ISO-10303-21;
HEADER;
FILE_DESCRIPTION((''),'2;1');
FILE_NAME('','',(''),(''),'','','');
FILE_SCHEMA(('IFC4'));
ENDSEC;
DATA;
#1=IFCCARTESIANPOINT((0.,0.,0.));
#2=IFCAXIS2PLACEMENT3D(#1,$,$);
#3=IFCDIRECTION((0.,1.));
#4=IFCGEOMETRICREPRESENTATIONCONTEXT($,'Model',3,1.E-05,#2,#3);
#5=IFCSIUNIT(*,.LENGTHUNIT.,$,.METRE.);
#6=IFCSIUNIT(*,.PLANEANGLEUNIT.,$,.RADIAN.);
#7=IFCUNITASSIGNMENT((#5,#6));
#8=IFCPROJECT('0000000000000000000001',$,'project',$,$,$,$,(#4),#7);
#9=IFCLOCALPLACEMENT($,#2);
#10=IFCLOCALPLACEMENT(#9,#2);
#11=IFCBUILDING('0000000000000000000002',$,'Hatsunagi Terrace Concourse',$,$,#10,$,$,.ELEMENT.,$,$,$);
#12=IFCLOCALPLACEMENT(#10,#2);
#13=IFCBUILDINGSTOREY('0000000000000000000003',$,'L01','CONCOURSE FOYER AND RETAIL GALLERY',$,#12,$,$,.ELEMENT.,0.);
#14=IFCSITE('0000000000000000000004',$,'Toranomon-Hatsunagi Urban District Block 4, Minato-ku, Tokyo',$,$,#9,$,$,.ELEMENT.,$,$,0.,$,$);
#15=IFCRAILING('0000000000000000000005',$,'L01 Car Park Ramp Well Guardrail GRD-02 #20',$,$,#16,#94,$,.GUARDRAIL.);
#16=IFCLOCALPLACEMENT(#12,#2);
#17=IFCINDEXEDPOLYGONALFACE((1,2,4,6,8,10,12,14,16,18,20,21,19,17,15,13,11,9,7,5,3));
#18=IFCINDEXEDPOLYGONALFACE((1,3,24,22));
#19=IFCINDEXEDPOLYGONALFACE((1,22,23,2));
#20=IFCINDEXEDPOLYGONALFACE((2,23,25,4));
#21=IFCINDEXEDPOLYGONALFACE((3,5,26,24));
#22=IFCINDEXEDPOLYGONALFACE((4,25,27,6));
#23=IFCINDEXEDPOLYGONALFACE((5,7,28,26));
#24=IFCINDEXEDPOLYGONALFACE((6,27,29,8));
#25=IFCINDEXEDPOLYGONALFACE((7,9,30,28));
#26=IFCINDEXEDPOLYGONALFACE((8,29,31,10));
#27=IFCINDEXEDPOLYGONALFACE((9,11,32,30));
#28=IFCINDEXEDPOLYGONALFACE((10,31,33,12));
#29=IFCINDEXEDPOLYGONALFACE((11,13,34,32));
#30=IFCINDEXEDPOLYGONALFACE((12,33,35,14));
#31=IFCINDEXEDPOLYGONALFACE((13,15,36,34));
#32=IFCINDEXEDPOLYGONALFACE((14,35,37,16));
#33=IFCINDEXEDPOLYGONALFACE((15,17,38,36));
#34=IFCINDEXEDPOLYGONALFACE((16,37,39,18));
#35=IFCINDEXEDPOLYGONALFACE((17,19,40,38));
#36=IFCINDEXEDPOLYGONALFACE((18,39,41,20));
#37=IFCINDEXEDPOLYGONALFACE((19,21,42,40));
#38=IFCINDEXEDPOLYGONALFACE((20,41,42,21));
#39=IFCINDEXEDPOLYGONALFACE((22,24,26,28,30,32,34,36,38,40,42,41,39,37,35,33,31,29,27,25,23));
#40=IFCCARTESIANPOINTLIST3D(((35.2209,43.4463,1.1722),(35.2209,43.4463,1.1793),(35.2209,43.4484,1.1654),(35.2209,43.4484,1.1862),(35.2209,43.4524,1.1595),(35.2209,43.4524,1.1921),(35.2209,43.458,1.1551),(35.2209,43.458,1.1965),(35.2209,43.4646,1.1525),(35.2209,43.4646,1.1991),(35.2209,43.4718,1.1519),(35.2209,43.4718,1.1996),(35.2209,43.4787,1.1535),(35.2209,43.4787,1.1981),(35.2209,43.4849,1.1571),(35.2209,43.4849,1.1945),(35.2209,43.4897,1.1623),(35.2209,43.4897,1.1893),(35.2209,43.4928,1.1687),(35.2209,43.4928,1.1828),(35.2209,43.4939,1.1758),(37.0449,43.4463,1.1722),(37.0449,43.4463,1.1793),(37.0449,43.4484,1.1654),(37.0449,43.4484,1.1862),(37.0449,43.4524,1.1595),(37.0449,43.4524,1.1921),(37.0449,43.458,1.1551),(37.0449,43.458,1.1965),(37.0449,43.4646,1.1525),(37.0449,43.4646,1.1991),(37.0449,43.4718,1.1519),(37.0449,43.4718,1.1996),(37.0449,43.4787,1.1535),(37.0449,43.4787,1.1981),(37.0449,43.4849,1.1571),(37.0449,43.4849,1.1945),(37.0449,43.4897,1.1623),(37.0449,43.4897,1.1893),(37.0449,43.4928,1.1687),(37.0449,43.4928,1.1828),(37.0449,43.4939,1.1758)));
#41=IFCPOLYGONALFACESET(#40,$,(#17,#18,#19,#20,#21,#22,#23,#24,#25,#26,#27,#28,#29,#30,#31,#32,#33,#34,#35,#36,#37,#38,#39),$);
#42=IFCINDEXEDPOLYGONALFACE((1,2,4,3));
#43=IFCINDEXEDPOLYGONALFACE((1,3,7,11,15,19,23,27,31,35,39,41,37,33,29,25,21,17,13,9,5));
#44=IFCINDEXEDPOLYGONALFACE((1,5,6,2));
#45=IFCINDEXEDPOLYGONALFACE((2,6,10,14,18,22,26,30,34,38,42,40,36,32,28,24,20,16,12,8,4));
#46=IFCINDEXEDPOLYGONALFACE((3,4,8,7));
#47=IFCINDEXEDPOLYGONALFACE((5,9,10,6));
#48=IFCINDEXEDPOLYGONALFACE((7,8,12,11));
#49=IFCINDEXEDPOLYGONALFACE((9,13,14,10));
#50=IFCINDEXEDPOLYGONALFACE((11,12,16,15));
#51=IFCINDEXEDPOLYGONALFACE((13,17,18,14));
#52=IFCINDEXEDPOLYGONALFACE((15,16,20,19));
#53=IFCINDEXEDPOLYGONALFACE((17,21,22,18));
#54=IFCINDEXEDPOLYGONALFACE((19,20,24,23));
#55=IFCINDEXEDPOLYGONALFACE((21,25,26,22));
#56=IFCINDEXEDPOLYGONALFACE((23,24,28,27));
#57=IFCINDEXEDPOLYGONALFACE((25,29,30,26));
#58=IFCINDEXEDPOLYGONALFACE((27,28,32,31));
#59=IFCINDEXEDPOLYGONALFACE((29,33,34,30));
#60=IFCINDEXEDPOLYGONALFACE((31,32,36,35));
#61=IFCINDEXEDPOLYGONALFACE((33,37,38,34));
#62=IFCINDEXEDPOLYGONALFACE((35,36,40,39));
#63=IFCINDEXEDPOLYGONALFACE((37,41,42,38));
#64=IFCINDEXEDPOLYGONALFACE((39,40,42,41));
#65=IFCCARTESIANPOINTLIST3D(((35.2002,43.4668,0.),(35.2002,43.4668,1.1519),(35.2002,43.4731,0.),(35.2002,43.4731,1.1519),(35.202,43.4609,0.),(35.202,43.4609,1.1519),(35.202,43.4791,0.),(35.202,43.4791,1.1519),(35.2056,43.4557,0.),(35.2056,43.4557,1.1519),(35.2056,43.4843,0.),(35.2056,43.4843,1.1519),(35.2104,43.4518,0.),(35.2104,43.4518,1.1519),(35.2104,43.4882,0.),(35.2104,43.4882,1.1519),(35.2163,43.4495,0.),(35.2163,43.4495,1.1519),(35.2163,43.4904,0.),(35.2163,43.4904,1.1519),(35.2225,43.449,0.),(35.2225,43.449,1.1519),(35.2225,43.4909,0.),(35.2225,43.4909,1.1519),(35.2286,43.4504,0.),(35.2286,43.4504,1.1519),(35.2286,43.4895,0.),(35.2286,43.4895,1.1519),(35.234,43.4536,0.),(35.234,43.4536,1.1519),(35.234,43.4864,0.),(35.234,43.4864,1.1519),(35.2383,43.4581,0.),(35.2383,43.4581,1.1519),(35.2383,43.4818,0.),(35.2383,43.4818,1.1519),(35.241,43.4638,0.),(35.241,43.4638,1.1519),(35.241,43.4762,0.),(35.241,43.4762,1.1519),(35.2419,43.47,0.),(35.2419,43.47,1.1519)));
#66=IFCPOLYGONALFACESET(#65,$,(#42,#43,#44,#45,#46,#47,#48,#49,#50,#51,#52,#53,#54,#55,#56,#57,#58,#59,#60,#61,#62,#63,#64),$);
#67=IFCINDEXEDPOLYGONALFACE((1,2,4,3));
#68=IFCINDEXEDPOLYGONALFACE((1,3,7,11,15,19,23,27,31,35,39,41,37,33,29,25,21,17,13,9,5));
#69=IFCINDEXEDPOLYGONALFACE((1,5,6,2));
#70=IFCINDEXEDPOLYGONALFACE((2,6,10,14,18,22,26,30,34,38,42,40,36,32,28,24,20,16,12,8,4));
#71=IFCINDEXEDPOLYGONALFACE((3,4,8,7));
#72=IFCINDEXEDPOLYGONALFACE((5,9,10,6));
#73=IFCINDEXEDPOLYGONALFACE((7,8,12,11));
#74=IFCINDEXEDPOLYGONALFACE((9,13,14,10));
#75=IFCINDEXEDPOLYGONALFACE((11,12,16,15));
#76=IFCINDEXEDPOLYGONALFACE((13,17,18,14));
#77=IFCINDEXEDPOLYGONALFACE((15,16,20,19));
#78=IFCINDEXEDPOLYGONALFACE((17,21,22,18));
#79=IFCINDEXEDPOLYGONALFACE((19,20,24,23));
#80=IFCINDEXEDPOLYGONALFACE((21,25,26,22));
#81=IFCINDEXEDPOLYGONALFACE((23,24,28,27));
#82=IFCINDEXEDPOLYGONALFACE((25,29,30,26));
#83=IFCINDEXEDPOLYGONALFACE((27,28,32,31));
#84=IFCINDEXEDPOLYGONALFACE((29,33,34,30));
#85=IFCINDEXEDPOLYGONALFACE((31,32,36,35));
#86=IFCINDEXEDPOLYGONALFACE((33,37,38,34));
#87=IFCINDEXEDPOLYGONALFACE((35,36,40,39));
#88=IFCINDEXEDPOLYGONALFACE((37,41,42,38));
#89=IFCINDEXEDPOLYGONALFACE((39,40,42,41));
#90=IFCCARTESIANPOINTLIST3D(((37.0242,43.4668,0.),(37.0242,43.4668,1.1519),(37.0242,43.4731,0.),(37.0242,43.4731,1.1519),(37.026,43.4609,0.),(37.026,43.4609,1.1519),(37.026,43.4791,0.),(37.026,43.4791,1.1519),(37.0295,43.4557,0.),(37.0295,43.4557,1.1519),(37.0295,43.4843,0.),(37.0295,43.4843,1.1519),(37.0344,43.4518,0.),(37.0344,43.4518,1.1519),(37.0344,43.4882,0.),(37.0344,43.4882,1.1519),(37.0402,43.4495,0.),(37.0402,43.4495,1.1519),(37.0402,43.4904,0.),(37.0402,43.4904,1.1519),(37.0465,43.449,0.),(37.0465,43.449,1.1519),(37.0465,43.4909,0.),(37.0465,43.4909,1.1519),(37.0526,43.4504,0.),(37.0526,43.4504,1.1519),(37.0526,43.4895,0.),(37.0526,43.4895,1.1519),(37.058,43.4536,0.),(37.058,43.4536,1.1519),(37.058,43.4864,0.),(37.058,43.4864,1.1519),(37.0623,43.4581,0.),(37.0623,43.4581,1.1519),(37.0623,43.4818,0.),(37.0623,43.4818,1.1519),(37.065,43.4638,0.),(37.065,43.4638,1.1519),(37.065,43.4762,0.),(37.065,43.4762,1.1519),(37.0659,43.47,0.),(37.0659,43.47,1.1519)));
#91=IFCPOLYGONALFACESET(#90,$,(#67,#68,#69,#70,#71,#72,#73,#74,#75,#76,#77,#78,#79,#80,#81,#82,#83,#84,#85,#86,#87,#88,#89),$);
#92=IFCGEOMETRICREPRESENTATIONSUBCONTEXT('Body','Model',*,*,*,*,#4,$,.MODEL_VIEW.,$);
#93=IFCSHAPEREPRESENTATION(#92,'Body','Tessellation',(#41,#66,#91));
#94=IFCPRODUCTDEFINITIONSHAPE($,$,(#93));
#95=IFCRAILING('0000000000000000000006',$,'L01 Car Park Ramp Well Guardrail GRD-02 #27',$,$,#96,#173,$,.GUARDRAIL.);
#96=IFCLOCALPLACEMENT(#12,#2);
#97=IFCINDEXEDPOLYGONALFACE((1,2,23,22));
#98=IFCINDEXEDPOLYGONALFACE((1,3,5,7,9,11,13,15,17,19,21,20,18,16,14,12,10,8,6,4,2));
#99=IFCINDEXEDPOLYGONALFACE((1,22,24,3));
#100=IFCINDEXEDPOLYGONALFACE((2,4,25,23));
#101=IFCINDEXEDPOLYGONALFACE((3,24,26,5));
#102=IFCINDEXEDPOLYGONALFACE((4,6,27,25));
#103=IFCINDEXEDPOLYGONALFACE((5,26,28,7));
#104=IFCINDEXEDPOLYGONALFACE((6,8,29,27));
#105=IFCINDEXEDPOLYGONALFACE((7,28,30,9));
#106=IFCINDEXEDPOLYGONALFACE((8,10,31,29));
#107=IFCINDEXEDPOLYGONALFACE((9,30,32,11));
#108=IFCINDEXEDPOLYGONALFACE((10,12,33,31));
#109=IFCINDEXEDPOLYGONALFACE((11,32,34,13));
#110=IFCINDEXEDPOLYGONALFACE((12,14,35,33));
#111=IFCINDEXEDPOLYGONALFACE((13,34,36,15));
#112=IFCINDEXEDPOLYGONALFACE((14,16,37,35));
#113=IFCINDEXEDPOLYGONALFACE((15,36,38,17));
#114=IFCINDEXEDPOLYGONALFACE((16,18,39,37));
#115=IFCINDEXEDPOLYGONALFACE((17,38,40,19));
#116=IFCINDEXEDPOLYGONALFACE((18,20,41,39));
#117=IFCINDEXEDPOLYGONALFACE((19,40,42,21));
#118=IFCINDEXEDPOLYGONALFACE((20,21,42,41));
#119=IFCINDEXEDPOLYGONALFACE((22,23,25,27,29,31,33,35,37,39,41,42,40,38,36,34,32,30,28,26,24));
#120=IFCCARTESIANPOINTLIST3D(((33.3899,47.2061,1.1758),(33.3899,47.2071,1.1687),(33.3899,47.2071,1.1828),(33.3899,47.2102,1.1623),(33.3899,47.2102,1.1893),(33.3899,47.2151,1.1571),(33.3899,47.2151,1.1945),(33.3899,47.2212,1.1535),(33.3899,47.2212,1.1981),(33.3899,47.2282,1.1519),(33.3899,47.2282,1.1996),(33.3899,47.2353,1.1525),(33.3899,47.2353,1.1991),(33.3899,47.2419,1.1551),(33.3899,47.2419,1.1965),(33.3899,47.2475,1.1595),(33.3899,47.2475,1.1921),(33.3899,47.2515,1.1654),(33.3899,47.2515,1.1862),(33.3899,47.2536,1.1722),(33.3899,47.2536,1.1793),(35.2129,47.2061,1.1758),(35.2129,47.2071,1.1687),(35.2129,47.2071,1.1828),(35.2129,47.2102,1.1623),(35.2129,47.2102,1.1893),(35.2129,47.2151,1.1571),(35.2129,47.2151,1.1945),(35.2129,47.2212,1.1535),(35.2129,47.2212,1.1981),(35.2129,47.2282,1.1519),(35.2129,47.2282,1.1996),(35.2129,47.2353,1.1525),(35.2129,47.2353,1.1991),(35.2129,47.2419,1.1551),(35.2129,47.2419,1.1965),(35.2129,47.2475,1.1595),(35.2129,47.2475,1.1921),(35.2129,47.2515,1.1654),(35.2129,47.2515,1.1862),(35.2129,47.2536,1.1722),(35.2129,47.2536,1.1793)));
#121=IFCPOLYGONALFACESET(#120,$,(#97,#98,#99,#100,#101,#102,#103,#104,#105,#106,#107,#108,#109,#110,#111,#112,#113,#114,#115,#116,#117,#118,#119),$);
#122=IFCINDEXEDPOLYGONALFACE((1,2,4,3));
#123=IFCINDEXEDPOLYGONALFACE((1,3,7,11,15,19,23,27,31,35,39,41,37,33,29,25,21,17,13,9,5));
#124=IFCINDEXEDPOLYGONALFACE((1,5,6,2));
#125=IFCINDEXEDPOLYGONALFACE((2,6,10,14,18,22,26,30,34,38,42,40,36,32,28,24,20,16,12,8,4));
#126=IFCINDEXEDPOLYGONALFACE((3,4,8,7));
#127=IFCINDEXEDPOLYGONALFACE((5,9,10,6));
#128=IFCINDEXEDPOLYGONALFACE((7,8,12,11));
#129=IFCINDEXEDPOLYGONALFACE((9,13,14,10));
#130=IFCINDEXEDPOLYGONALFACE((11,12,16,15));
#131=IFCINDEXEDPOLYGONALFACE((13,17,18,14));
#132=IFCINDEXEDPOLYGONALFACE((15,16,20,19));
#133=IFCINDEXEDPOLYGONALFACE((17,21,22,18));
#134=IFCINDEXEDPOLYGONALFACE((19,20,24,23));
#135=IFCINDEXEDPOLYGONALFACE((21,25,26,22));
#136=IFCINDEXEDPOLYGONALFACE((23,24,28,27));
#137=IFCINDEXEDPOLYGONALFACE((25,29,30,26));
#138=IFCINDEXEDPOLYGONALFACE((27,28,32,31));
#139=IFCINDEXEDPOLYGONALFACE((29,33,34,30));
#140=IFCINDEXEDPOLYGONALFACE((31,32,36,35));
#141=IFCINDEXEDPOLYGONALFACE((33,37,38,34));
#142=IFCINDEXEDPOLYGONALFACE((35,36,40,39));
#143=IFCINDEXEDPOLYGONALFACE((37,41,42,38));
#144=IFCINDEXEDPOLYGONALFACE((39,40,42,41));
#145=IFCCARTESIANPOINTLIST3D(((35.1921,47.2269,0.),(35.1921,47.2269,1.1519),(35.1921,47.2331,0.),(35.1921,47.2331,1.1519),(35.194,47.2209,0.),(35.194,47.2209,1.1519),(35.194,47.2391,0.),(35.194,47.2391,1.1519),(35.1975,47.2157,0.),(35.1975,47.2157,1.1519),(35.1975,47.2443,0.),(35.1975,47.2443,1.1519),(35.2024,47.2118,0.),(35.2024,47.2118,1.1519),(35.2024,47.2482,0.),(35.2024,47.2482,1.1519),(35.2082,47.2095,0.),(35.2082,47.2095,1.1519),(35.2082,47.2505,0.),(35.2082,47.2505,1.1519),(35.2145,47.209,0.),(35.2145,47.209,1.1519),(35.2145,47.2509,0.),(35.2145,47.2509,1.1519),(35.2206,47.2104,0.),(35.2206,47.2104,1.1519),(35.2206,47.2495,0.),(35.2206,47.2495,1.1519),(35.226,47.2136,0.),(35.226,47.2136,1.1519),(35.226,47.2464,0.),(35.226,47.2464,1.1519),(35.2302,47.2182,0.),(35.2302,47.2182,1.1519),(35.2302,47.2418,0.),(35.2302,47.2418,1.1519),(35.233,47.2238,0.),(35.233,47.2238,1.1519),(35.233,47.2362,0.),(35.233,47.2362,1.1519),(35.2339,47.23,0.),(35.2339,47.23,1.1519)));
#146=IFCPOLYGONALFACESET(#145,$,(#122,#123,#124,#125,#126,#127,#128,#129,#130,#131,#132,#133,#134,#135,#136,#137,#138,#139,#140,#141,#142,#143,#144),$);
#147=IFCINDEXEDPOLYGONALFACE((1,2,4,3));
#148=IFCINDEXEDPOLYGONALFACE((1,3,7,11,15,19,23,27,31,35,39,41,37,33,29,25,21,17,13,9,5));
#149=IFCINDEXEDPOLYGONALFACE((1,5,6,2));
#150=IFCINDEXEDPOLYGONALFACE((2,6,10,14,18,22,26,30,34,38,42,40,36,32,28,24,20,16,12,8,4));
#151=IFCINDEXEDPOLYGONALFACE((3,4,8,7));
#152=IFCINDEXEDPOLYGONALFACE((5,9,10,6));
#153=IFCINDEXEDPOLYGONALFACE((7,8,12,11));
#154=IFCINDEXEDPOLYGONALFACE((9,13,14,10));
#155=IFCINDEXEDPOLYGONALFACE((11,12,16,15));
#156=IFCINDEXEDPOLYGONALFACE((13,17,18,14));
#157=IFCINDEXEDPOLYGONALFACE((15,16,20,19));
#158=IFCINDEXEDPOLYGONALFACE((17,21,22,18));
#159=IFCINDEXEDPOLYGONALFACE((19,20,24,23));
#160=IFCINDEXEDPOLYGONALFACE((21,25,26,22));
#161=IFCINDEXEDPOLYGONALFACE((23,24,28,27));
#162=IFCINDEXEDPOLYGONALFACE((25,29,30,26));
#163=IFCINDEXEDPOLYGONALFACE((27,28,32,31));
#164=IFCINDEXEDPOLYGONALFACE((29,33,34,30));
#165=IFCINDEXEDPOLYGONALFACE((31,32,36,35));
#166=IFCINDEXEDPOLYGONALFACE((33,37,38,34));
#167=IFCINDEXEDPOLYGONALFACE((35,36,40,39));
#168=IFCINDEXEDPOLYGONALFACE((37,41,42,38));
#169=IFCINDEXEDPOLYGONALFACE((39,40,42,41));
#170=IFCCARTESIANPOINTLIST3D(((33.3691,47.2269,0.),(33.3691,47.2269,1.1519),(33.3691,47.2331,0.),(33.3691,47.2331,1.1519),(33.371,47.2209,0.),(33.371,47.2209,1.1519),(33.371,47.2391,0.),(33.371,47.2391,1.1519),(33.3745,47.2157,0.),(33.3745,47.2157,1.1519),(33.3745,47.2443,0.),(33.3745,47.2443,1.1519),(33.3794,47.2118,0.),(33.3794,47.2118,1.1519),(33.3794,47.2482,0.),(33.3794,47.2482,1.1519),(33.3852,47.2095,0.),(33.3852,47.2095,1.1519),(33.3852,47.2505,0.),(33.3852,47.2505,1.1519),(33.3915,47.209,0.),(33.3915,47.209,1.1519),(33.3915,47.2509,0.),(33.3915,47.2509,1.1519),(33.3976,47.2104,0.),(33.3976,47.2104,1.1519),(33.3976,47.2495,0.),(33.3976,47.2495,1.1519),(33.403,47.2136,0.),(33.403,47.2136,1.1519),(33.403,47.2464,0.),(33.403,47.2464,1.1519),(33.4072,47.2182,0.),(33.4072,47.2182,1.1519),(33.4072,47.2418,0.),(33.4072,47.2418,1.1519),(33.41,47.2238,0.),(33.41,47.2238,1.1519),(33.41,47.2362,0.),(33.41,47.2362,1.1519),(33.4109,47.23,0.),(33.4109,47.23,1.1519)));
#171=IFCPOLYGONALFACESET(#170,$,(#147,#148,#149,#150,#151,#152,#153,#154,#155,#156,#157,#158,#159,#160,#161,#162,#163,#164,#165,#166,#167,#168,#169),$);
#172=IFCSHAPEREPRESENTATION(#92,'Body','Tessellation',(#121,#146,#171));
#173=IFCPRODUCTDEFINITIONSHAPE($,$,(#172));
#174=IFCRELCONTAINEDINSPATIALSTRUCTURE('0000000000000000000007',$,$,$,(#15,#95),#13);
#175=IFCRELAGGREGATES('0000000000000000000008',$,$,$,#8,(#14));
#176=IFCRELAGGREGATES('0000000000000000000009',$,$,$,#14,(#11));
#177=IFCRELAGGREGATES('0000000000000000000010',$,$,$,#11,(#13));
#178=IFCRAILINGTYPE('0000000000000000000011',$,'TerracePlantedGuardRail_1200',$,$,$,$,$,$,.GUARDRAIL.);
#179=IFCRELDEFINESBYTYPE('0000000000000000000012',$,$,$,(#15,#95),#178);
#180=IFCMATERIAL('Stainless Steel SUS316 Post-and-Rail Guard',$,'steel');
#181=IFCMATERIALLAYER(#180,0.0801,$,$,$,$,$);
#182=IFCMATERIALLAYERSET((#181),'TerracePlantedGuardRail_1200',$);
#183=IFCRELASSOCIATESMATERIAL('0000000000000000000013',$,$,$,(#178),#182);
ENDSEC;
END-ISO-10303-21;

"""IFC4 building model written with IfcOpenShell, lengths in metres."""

from ifc_helpers import new_model, si_unit, direction, frame, origin, origin_2d, place, context, subcontext, project, spatial, circle, extrude, material, layer, layer_set, type_object, element, save


model = new_model("IFC4")

# Units and contexts
model_context = context("Model", 3, precision=1e-05, world=origin(), true_north=direction((0.0, 1.0)))
body_context = subcontext(model_context, "Body", "Model", "MODEL_VIEW")
ifc_project = project(units=[si_unit("LENGTHUNIT", "METRE"), si_unit("PLANEANGLEUNIT", "RADIAN")], contexts=[model_context])

# Site, building, storey
site_placement = place(None, origin())
site = spatial("IfcSite", under=ifc_project, at=site_placement, Name="Toranomon-Hatsunagi Urban District Block 4, Minato-ku, Tokyo", CompositionType="ELEMENT", RefElevation=0.0)
building_placement = place(site_placement, origin())
building = spatial("IfcBuilding", under=site, at=building_placement, Name="Hatsunagi Terrace Concourse", CompositionType="ELEMENT")
storey_placement = place(building_placement, origin())
storey = spatial("IfcBuildingStorey", under=building, at=storey_placement, Name="L01", Description="CONCOURSE FOYER AND RETAIL GALLERY", CompositionType="ELEMENT", Elevation=0.0)

# Railings
ifc_material_1 = material(Name="Stainless Steel SUS316 Post-and-Rail Guard", Category="steel")
ifc_layer_1 = layer(ifc_material_1, 0.0801)
ifc_layer_set_1 = layer_set([ifc_layer_1], Name="TerracePlantedGuardRail_1200")
railing_type = type_object("IfcRailingType", Name="TerracePlantedGuardRail_1200", PredefinedType="GUARDRAIL", material=ifc_layer_set_1)
railing_1_placement = place(storey_placement, frame((35.2209, 43.47, 0.0)))
element("IfcRailing", 1, at=railing_1_placement, inside=storey, type_object=railing_type, Name="L01 Car Park Ramp Well Guardrail GRD-02 #20", PredefinedType="GUARDRAIL", context=body_context, shape_type="SweptSolid", body=[
    extrude(circle(Radius=0.0239, at=origin_2d()), frame((0.0, 0.0, 1.1758), z_axis=(1.0, 0.0, 0.0), x_axis=(0.0, 1.0, 0.0)), (0.0, 0.0, 1.0), 1.824),
    extrude(circle(Radius=0.021, at=origin_2d()), origin(), (0.0, 0.0, 1.0), 1.1519),
    extrude(circle(Radius=0.021, at=origin_2d()), frame((1.824, 0.0, 0.0)), (0.0, 0.0, 1.0), 1.1519),
])
railing_2_placement = place(storey_placement, frame((35.2129, 47.23, 0.0)))
element("IfcRailing", 2, at=railing_2_placement, inside=storey, type_object=railing_type, Name="L01 Car Park Ramp Well Guardrail GRD-02 #27", PredefinedType="GUARDRAIL", context=body_context, shape_type="SweptSolid", body=[
    extrude(circle(Radius=0.0239, at=origin_2d()), frame((0.0, 0.0, 1.1758), z_axis=(-1.0, 0.0, 0.0), x_axis=(0.0, -1.0, 0.0)), (0.0, 0.0, 1.0), 1.823),
    extrude(circle(Radius=0.021, at=origin_2d()), origin(), (0.0, 0.0, 1.0), 1.1519),
    extrude(circle(Radius=0.021, at=origin_2d()), frame((-1.823, 0.0, 0.0)), (0.0, 0.0, 1.0), 1.1519),
])

save(model, "model.ifc")
